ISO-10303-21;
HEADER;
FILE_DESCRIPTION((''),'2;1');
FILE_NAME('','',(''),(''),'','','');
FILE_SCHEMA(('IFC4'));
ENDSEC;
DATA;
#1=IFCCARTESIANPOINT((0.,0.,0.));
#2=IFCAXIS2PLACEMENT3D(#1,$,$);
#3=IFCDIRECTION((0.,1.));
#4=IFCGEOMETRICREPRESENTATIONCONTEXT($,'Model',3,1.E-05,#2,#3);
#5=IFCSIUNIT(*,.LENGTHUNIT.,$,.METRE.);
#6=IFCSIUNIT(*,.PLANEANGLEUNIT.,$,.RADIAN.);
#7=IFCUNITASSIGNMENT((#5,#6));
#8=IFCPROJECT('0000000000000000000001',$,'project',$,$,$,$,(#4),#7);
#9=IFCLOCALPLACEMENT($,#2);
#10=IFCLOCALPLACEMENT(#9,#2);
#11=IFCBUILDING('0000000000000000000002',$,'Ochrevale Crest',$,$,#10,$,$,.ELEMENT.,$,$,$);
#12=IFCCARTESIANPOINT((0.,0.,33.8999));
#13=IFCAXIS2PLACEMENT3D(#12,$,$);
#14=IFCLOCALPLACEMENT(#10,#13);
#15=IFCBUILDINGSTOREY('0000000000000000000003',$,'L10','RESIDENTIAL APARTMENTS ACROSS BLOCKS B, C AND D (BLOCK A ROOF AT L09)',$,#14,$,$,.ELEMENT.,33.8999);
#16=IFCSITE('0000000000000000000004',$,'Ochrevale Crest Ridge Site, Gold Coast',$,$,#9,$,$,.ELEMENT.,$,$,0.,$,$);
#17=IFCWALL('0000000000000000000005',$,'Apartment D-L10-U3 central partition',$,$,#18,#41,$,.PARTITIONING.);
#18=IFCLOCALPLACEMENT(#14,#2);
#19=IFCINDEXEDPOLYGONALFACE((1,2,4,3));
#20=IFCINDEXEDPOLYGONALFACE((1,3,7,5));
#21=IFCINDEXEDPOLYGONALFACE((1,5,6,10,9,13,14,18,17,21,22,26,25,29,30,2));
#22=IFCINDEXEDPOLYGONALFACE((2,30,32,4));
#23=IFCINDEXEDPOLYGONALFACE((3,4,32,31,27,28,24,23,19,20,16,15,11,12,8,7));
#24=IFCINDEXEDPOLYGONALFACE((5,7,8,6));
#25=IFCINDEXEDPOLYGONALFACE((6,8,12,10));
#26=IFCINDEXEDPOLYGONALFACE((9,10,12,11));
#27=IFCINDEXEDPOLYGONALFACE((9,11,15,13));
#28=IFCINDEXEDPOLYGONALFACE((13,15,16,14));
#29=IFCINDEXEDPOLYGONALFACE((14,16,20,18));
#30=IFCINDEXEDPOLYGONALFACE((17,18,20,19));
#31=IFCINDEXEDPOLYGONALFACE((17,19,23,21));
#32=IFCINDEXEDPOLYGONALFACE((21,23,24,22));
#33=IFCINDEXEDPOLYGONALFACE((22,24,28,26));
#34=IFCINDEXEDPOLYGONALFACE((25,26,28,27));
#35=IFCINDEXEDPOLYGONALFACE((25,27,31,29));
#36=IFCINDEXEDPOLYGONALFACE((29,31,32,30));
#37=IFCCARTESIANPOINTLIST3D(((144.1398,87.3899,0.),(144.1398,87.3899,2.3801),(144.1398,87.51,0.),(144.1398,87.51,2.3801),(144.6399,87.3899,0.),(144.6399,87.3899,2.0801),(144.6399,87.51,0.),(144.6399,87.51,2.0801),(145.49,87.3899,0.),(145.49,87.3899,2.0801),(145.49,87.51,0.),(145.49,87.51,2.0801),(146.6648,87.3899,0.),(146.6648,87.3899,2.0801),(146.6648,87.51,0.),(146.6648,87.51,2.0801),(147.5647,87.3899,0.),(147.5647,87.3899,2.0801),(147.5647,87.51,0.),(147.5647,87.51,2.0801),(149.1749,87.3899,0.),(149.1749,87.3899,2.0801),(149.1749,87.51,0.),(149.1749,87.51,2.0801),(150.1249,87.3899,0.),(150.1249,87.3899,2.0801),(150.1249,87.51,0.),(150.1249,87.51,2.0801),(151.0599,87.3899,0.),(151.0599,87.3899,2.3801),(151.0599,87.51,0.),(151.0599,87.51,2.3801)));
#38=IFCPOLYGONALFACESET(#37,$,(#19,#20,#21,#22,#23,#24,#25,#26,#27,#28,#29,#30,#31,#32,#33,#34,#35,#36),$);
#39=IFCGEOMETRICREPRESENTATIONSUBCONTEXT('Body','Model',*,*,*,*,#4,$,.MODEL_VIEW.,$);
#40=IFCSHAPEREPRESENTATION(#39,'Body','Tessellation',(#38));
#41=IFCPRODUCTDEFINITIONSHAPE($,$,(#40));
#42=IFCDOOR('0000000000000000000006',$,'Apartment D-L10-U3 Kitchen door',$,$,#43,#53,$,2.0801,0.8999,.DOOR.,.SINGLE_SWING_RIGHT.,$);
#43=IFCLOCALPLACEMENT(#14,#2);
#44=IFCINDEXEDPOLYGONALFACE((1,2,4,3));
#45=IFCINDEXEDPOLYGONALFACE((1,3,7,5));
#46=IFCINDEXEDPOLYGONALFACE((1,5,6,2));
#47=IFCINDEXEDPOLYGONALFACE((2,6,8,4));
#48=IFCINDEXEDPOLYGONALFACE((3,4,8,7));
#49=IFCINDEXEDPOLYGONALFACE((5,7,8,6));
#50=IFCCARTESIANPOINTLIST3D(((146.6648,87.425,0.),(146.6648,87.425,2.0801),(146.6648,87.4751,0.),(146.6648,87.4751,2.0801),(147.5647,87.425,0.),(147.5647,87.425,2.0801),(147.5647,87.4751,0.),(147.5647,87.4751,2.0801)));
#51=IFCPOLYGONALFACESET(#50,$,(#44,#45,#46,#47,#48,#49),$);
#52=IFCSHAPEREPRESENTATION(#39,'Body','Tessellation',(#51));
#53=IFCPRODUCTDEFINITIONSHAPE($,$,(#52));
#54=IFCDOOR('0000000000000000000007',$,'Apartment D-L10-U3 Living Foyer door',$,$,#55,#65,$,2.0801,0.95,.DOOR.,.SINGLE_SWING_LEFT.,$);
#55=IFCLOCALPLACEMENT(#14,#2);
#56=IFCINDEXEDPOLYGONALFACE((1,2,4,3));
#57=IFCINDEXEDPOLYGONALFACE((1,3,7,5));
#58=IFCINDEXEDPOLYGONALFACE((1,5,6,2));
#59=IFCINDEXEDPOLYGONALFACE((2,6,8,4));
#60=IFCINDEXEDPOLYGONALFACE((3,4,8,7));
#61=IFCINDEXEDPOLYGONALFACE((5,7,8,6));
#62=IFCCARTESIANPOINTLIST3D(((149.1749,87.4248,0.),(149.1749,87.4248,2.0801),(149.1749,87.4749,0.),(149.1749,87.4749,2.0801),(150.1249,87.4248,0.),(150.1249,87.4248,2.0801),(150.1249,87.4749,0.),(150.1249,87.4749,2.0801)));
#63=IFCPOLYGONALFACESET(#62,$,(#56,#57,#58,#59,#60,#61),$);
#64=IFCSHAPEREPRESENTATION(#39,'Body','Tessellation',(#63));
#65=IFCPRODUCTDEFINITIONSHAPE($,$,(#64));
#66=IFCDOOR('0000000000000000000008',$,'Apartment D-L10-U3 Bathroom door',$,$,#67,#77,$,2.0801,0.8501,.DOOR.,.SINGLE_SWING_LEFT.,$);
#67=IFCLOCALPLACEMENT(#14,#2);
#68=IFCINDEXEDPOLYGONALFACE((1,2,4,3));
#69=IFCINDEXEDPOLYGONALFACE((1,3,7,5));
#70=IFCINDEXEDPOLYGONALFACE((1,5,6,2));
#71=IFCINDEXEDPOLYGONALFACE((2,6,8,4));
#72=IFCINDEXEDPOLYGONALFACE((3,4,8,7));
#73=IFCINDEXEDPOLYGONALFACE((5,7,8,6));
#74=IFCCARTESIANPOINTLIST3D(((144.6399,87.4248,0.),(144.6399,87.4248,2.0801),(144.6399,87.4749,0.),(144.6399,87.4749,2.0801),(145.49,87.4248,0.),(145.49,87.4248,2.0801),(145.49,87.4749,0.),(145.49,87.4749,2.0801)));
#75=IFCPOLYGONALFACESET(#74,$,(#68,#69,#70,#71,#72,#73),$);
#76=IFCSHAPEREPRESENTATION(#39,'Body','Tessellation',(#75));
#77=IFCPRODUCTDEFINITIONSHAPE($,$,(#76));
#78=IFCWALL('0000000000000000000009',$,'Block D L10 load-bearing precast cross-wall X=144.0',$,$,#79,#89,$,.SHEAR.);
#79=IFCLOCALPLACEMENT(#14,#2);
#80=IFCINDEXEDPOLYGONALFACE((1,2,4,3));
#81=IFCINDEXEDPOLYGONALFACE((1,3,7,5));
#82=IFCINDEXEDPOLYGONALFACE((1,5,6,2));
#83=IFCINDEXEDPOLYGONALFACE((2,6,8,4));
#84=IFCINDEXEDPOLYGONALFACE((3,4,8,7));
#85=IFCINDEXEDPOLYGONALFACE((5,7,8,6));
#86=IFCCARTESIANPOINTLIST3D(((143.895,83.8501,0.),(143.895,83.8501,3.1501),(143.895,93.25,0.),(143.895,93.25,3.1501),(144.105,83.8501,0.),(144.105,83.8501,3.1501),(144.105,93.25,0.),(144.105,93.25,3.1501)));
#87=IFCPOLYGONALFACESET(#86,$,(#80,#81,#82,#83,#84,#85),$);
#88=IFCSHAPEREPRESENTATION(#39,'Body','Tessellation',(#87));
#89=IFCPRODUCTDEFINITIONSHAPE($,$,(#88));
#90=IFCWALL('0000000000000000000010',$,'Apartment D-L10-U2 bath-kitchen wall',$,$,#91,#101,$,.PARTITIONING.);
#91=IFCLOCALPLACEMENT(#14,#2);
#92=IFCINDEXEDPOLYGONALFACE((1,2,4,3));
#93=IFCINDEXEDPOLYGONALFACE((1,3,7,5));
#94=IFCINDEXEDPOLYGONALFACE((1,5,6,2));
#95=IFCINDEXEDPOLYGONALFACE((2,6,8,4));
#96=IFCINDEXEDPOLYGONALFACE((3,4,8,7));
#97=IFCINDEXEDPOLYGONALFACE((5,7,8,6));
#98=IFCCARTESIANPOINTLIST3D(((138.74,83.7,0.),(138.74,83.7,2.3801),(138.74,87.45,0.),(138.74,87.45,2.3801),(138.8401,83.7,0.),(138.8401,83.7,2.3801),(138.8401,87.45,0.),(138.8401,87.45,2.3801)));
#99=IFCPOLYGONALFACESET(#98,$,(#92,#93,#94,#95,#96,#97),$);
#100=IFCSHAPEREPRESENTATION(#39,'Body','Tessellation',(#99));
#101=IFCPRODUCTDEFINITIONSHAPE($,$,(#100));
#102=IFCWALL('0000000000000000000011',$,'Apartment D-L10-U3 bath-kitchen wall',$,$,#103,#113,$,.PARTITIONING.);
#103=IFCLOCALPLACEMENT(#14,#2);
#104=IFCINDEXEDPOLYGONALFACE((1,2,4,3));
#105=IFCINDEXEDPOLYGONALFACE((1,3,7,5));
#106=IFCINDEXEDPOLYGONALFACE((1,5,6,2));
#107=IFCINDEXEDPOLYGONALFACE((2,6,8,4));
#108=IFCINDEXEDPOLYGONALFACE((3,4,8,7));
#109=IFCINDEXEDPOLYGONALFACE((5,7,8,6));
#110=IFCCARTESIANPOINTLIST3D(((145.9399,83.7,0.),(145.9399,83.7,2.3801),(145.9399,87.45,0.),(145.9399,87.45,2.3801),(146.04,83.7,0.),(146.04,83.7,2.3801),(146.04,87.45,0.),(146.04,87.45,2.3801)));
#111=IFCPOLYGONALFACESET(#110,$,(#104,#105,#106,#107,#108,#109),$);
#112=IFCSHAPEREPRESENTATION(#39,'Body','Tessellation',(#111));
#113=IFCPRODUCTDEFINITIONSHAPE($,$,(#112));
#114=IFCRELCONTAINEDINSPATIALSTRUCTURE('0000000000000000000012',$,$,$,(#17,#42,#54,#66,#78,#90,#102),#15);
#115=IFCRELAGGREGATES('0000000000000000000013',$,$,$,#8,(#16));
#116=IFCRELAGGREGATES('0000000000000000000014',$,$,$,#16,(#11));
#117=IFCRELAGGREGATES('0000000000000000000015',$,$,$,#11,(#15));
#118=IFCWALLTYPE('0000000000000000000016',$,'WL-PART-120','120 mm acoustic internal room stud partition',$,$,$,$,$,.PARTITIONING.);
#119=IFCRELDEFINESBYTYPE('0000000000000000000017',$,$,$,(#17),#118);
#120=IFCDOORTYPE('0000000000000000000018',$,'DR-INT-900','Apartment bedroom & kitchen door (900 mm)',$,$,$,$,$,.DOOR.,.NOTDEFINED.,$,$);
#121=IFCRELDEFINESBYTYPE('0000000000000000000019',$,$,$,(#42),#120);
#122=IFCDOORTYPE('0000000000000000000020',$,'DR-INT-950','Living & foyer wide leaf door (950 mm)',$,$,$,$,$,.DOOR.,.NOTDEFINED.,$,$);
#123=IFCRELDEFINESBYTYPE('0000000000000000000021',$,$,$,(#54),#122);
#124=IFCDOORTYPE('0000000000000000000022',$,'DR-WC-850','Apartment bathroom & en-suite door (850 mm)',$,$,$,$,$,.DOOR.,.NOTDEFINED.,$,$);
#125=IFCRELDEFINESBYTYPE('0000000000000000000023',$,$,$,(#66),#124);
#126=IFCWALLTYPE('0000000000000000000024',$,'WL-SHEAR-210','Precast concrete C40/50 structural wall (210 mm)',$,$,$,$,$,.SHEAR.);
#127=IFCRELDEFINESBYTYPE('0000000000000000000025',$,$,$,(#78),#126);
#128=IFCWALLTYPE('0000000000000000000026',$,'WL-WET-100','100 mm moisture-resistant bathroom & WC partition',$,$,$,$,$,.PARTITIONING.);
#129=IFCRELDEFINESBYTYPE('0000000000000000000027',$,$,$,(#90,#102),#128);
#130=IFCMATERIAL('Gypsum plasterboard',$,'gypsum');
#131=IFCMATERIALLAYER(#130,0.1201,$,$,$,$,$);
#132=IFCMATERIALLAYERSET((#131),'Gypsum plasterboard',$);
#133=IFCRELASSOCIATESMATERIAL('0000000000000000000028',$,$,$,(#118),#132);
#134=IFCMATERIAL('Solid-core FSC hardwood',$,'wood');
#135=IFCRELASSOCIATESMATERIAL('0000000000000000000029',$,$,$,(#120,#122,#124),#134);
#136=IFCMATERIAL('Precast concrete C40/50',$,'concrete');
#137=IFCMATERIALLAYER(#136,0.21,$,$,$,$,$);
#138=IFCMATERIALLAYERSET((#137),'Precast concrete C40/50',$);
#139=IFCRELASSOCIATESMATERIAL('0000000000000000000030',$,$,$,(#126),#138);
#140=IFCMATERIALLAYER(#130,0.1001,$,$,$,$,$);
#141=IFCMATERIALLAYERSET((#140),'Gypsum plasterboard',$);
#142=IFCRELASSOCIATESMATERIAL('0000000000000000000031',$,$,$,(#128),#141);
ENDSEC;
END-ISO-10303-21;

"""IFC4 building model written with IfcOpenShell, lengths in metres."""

from ifc_helpers import new_model, si_unit, direction, frame, frame_2d, origin, place, context, subcontext, project, spatial, rectangle, extrude, material, layer, layer_set, type_object, element, fill, save


model = new_model("IFC4")

# Units and contexts
model_context = context("Model", 3, precision=1e-05, world=origin(), true_north=direction((0.0, 1.0)))
body_context = subcontext(model_context, "Body", "Model", "MODEL_VIEW")
ifc_project = project(units=[si_unit("LENGTHUNIT", "METRE"), si_unit("PLANEANGLEUNIT", "RADIAN")], contexts=[model_context])

# Site, building, storey
site_placement = place(None, origin())
site = spatial("IfcSite", under=ifc_project, at=site_placement, Name="Ochrevale Crest Ridge Site, Gold Coast", CompositionType="ELEMENT", RefElevation=0.0)
building_placement = place(site_placement, origin())
building = spatial("IfcBuilding", under=site, at=building_placement, Name="Ochrevale Crest", CompositionType="ELEMENT")
storey_placement = place(building_placement, frame((0.0, 0.0, 33.8999)))
storey = spatial("IfcBuildingStorey", under=building, at=storey_placement, Name="L10", Description="RESIDENTIAL APARTMENTS ACROSS BLOCKS B, C AND D (BLOCK A ROOF AT L09)", CompositionType="ELEMENT", Elevation=33.8999)

# Shared definitions
ifc_material_1 = material(Name="Precast concrete C40/50", Category="concrete")

# Shared definitions
ifc_material_2 = material(Name="Gypsum plasterboard", Category="gypsum")
ifc_material_3 = material(Name="Solid-core FSC hardwood", Category="wood")

# Shared definitions
ifc_layer_1 = layer(ifc_material_2, 0.1201)
ifc_layer_set_1 = layer_set([ifc_layer_1], Name="Gypsum plasterboard")
wall_type_1 = type_object("IfcWallType", Name="WL-PART-120", Description="120 mm acoustic internal room stud partition", PredefinedType="PARTITIONING", material=ifc_layer_set_1)

# Wall, openings, doors
wall_1_placement = place(storey_placement, frame((144.1399, 87.45, 0.0), z_axis=(0.0, 0.0, 1.0), x_axis=(1.0, 0.0, 0.0)))
wall_1 = element("IfcWall", 1, at=wall_1_placement, inside=storey, type_object=wall_type_1, Name="Apartment D-L10-U3 central partition", PredefinedType="PARTITIONING", context=body_context, shape_type="SweptSolid", body=[
    extrude(rectangle(XDim=6.9202, YDim=0.1201, at=frame_2d((3.46, 0.0))), origin(), (0.0, 0.0, 1.0), 2.3801),
])
opening_1_placement = place(wall_1_placement, frame((0.5, 0.0, 0.0)))
opening_1 = element("IfcOpeningElement", 2, at=opening_1_placement, cuts=wall_1, PredefinedType="OPENING", context=body_context, shape_type="SweptSolid", body=[
    extrude(rectangle(XDim=0.8501, YDim=2.0801, at=frame_2d((0.425, 1.04))), frame((0.0, 0.0701, 0.0), z_axis=(0.0, -1.0, 0.0), x_axis=(1.0, 0.0, 0.0)), (0.0, 0.0, 1.0), 0.1401),
])
opening_2_placement = place(wall_1_placement, frame((3.4248, 0.0, 0.0), z_axis=(0.0, 0.0, 1.0), x_axis=(-1.0, 0.0, 0.0)))
opening_2 = element("IfcOpeningElement", 3, at=opening_2_placement, cuts=wall_1, PredefinedType="OPENING", context=body_context, shape_type="SweptSolid", body=[
    extrude(rectangle(XDim=0.8999, YDim=2.0801, at=frame_2d((0.45, 1.04))), frame((0.0, 0.0701, 0.0), z_axis=(0.0, -1.0, 0.0), x_axis=(1.0, 0.0, 0.0)), (0.0, 0.0, 1.0), 0.1401),
])
opening_3_placement = place(wall_1_placement, frame((5.0349, 0.0, 0.0)))
opening_3 = element("IfcOpeningElement", 4, at=opening_3_placement, cuts=wall_1, PredefinedType="OPENING", context=body_context, shape_type="SweptSolid", body=[
    extrude(rectangle(XDim=0.95, YDim=2.0801, at=frame_2d((0.4751, 1.04))), frame((0.0, 0.0701, 0.0), z_axis=(0.0, -1.0, 0.0), x_axis=(1.0, 0.0, 0.0)), (0.0, 0.0, 1.0), 0.1401),
])
door_type_1 = type_object("IfcDoorType", Name="DR-INT-900", Description="Apartment bedroom & kitchen door (900 mm)", OperationType="NOTDEFINED", PredefinedType="DOOR", material=ifc_material_3)
door_1_placement = place(opening_2_placement, origin())
door_1 = element("IfcDoor", 5, at=door_1_placement, inside=storey, type_object=door_type_1, Name="Apartment D-L10-U3 Kitchen door", OperationType="SINGLE_SWING_RIGHT", OverallHeight=2.0801, OverallWidth=0.8999, PredefinedType="DOOR", context=body_context, shape_type="SweptSolid", body=[
    extrude(rectangle(XDim=0.8999, YDim=2.0801, at=frame_2d((0.45, 1.04))), frame((0.0, 0.0249, 0.0), z_axis=(0.0, -1.0, 0.0), x_axis=(1.0, 0.0, 0.0)), (0.0, 0.0, 1.0), 0.05),
])
fill(opening_2, door_1)
door_type_2 = type_object("IfcDoorType", Name="DR-INT-950", Description="Living & foyer wide leaf door (950 mm)", OperationType="NOTDEFINED", PredefinedType="DOOR", material=ifc_material_3)
door_2_placement = place(opening_3_placement, origin())
door_2 = element("IfcDoor", 6, at=door_2_placement, inside=storey, type_object=door_type_2, Name="Apartment D-L10-U3 Living Foyer door", OperationType="SINGLE_SWING_LEFT", OverallHeight=2.0801, OverallWidth=0.95, PredefinedType="DOOR", context=body_context, shape_type="SweptSolid", body=[
    extrude(rectangle(XDim=0.95, YDim=2.0801, at=frame_2d((0.4751, 1.04))), frame((0.0, 0.0249, 0.0), z_axis=(0.0, -1.0, 0.0), x_axis=(1.0, 0.0, 0.0)), (0.0, 0.0, 1.0), 0.05),
])
fill(opening_3, door_2)
door_type_3 = type_object("IfcDoorType", Name="DR-WC-850", Description="Apartment bathroom & en-suite door (850 mm)", OperationType="NOTDEFINED", PredefinedType="DOOR", material=ifc_material_3)
door_3_placement = place(opening_1_placement, origin())
door_3 = element("IfcDoor", 7, at=door_3_placement, inside=storey, type_object=door_type_3, Name="Apartment D-L10-U3 Bathroom door", OperationType="SINGLE_SWING_LEFT", OverallHeight=2.0801, OverallWidth=0.8501, PredefinedType="DOOR", context=body_context, shape_type="SweptSolid", body=[
    extrude(rectangle(XDim=0.8501, YDim=2.0801, at=frame_2d((0.425, 1.04))), frame((0.0, 0.0249, 0.0), z_axis=(0.0, -1.0, 0.0), x_axis=(1.0, 0.0, 0.0)), (0.0, 0.0, 1.0), 0.05),
])
fill(opening_1, door_3)

# Walls
ifc_layer_2 = layer(ifc_material_1, 0.21)
ifc_layer_set_2 = layer_set([ifc_layer_2], Name="Precast concrete C40/50")
wall_type_2 = type_object("IfcWallType", Name="WL-SHEAR-210", Description="Precast concrete C40/50 structural wall (210 mm)", PredefinedType="SHEAR", material=ifc_layer_set_2)
wall_2_placement = place(storey_placement, frame((144.0, 83.8501, 0.0), z_axis=(0.0, 0.0, 1.0), x_axis=(0.0, 1.0, 0.0)))
element("IfcWall", 8, at=wall_2_placement, inside=storey, type_object=wall_type_2, Name="Block D L10 load-bearing precast cross-wall X=144.0", PredefinedType="SHEAR", context=body_context, shape_type="SweptSolid", body=[
    extrude(rectangle(XDim=9.3999, YDim=0.21, at=frame_2d((4.7, 0.0))), origin(), (0.0, 0.0, 1.0), 3.1501),
])
ifc_layer_3 = layer(ifc_material_2, 0.1001)
ifc_layer_set_3 = layer_set([ifc_layer_3], Name="Gypsum plasterboard")
wall_type_3 = type_object("IfcWallType", Name="WL-WET-100", Description="100 mm moisture-resistant bathroom & WC partition", PredefinedType="PARTITIONING", material=ifc_layer_set_3)
for number, where, z_axis, x_axis, name in (
    (9, (138.79, 83.7, 0.0), (0.0, 0.0, 1.0), (0.0, 1.0, 0.0), "Apartment D-L10-U2 bath-kitchen wall"),
    (10, (145.99, 83.7, 0.0), (0.0, 0.0, 1.0), (0.0, 1.0, 0.0), "Apartment D-L10-U3 bath-kitchen wall"),
):
    element("IfcWall", number, at=place(storey_placement, frame(where, z_axis=z_axis, x_axis=x_axis)), inside=storey, type_object=wall_type_3, Name=name, PredefinedType="PARTITIONING", context=body_context, shape_type="SweptSolid", body=[
        extrude(rectangle(XDim=3.75, YDim=0.1001, at=frame_2d((1.875, 0.0))), origin(), (0.0, 0.0, 1.0), 2.3801),
    ])

save(model, "model.ifc")
